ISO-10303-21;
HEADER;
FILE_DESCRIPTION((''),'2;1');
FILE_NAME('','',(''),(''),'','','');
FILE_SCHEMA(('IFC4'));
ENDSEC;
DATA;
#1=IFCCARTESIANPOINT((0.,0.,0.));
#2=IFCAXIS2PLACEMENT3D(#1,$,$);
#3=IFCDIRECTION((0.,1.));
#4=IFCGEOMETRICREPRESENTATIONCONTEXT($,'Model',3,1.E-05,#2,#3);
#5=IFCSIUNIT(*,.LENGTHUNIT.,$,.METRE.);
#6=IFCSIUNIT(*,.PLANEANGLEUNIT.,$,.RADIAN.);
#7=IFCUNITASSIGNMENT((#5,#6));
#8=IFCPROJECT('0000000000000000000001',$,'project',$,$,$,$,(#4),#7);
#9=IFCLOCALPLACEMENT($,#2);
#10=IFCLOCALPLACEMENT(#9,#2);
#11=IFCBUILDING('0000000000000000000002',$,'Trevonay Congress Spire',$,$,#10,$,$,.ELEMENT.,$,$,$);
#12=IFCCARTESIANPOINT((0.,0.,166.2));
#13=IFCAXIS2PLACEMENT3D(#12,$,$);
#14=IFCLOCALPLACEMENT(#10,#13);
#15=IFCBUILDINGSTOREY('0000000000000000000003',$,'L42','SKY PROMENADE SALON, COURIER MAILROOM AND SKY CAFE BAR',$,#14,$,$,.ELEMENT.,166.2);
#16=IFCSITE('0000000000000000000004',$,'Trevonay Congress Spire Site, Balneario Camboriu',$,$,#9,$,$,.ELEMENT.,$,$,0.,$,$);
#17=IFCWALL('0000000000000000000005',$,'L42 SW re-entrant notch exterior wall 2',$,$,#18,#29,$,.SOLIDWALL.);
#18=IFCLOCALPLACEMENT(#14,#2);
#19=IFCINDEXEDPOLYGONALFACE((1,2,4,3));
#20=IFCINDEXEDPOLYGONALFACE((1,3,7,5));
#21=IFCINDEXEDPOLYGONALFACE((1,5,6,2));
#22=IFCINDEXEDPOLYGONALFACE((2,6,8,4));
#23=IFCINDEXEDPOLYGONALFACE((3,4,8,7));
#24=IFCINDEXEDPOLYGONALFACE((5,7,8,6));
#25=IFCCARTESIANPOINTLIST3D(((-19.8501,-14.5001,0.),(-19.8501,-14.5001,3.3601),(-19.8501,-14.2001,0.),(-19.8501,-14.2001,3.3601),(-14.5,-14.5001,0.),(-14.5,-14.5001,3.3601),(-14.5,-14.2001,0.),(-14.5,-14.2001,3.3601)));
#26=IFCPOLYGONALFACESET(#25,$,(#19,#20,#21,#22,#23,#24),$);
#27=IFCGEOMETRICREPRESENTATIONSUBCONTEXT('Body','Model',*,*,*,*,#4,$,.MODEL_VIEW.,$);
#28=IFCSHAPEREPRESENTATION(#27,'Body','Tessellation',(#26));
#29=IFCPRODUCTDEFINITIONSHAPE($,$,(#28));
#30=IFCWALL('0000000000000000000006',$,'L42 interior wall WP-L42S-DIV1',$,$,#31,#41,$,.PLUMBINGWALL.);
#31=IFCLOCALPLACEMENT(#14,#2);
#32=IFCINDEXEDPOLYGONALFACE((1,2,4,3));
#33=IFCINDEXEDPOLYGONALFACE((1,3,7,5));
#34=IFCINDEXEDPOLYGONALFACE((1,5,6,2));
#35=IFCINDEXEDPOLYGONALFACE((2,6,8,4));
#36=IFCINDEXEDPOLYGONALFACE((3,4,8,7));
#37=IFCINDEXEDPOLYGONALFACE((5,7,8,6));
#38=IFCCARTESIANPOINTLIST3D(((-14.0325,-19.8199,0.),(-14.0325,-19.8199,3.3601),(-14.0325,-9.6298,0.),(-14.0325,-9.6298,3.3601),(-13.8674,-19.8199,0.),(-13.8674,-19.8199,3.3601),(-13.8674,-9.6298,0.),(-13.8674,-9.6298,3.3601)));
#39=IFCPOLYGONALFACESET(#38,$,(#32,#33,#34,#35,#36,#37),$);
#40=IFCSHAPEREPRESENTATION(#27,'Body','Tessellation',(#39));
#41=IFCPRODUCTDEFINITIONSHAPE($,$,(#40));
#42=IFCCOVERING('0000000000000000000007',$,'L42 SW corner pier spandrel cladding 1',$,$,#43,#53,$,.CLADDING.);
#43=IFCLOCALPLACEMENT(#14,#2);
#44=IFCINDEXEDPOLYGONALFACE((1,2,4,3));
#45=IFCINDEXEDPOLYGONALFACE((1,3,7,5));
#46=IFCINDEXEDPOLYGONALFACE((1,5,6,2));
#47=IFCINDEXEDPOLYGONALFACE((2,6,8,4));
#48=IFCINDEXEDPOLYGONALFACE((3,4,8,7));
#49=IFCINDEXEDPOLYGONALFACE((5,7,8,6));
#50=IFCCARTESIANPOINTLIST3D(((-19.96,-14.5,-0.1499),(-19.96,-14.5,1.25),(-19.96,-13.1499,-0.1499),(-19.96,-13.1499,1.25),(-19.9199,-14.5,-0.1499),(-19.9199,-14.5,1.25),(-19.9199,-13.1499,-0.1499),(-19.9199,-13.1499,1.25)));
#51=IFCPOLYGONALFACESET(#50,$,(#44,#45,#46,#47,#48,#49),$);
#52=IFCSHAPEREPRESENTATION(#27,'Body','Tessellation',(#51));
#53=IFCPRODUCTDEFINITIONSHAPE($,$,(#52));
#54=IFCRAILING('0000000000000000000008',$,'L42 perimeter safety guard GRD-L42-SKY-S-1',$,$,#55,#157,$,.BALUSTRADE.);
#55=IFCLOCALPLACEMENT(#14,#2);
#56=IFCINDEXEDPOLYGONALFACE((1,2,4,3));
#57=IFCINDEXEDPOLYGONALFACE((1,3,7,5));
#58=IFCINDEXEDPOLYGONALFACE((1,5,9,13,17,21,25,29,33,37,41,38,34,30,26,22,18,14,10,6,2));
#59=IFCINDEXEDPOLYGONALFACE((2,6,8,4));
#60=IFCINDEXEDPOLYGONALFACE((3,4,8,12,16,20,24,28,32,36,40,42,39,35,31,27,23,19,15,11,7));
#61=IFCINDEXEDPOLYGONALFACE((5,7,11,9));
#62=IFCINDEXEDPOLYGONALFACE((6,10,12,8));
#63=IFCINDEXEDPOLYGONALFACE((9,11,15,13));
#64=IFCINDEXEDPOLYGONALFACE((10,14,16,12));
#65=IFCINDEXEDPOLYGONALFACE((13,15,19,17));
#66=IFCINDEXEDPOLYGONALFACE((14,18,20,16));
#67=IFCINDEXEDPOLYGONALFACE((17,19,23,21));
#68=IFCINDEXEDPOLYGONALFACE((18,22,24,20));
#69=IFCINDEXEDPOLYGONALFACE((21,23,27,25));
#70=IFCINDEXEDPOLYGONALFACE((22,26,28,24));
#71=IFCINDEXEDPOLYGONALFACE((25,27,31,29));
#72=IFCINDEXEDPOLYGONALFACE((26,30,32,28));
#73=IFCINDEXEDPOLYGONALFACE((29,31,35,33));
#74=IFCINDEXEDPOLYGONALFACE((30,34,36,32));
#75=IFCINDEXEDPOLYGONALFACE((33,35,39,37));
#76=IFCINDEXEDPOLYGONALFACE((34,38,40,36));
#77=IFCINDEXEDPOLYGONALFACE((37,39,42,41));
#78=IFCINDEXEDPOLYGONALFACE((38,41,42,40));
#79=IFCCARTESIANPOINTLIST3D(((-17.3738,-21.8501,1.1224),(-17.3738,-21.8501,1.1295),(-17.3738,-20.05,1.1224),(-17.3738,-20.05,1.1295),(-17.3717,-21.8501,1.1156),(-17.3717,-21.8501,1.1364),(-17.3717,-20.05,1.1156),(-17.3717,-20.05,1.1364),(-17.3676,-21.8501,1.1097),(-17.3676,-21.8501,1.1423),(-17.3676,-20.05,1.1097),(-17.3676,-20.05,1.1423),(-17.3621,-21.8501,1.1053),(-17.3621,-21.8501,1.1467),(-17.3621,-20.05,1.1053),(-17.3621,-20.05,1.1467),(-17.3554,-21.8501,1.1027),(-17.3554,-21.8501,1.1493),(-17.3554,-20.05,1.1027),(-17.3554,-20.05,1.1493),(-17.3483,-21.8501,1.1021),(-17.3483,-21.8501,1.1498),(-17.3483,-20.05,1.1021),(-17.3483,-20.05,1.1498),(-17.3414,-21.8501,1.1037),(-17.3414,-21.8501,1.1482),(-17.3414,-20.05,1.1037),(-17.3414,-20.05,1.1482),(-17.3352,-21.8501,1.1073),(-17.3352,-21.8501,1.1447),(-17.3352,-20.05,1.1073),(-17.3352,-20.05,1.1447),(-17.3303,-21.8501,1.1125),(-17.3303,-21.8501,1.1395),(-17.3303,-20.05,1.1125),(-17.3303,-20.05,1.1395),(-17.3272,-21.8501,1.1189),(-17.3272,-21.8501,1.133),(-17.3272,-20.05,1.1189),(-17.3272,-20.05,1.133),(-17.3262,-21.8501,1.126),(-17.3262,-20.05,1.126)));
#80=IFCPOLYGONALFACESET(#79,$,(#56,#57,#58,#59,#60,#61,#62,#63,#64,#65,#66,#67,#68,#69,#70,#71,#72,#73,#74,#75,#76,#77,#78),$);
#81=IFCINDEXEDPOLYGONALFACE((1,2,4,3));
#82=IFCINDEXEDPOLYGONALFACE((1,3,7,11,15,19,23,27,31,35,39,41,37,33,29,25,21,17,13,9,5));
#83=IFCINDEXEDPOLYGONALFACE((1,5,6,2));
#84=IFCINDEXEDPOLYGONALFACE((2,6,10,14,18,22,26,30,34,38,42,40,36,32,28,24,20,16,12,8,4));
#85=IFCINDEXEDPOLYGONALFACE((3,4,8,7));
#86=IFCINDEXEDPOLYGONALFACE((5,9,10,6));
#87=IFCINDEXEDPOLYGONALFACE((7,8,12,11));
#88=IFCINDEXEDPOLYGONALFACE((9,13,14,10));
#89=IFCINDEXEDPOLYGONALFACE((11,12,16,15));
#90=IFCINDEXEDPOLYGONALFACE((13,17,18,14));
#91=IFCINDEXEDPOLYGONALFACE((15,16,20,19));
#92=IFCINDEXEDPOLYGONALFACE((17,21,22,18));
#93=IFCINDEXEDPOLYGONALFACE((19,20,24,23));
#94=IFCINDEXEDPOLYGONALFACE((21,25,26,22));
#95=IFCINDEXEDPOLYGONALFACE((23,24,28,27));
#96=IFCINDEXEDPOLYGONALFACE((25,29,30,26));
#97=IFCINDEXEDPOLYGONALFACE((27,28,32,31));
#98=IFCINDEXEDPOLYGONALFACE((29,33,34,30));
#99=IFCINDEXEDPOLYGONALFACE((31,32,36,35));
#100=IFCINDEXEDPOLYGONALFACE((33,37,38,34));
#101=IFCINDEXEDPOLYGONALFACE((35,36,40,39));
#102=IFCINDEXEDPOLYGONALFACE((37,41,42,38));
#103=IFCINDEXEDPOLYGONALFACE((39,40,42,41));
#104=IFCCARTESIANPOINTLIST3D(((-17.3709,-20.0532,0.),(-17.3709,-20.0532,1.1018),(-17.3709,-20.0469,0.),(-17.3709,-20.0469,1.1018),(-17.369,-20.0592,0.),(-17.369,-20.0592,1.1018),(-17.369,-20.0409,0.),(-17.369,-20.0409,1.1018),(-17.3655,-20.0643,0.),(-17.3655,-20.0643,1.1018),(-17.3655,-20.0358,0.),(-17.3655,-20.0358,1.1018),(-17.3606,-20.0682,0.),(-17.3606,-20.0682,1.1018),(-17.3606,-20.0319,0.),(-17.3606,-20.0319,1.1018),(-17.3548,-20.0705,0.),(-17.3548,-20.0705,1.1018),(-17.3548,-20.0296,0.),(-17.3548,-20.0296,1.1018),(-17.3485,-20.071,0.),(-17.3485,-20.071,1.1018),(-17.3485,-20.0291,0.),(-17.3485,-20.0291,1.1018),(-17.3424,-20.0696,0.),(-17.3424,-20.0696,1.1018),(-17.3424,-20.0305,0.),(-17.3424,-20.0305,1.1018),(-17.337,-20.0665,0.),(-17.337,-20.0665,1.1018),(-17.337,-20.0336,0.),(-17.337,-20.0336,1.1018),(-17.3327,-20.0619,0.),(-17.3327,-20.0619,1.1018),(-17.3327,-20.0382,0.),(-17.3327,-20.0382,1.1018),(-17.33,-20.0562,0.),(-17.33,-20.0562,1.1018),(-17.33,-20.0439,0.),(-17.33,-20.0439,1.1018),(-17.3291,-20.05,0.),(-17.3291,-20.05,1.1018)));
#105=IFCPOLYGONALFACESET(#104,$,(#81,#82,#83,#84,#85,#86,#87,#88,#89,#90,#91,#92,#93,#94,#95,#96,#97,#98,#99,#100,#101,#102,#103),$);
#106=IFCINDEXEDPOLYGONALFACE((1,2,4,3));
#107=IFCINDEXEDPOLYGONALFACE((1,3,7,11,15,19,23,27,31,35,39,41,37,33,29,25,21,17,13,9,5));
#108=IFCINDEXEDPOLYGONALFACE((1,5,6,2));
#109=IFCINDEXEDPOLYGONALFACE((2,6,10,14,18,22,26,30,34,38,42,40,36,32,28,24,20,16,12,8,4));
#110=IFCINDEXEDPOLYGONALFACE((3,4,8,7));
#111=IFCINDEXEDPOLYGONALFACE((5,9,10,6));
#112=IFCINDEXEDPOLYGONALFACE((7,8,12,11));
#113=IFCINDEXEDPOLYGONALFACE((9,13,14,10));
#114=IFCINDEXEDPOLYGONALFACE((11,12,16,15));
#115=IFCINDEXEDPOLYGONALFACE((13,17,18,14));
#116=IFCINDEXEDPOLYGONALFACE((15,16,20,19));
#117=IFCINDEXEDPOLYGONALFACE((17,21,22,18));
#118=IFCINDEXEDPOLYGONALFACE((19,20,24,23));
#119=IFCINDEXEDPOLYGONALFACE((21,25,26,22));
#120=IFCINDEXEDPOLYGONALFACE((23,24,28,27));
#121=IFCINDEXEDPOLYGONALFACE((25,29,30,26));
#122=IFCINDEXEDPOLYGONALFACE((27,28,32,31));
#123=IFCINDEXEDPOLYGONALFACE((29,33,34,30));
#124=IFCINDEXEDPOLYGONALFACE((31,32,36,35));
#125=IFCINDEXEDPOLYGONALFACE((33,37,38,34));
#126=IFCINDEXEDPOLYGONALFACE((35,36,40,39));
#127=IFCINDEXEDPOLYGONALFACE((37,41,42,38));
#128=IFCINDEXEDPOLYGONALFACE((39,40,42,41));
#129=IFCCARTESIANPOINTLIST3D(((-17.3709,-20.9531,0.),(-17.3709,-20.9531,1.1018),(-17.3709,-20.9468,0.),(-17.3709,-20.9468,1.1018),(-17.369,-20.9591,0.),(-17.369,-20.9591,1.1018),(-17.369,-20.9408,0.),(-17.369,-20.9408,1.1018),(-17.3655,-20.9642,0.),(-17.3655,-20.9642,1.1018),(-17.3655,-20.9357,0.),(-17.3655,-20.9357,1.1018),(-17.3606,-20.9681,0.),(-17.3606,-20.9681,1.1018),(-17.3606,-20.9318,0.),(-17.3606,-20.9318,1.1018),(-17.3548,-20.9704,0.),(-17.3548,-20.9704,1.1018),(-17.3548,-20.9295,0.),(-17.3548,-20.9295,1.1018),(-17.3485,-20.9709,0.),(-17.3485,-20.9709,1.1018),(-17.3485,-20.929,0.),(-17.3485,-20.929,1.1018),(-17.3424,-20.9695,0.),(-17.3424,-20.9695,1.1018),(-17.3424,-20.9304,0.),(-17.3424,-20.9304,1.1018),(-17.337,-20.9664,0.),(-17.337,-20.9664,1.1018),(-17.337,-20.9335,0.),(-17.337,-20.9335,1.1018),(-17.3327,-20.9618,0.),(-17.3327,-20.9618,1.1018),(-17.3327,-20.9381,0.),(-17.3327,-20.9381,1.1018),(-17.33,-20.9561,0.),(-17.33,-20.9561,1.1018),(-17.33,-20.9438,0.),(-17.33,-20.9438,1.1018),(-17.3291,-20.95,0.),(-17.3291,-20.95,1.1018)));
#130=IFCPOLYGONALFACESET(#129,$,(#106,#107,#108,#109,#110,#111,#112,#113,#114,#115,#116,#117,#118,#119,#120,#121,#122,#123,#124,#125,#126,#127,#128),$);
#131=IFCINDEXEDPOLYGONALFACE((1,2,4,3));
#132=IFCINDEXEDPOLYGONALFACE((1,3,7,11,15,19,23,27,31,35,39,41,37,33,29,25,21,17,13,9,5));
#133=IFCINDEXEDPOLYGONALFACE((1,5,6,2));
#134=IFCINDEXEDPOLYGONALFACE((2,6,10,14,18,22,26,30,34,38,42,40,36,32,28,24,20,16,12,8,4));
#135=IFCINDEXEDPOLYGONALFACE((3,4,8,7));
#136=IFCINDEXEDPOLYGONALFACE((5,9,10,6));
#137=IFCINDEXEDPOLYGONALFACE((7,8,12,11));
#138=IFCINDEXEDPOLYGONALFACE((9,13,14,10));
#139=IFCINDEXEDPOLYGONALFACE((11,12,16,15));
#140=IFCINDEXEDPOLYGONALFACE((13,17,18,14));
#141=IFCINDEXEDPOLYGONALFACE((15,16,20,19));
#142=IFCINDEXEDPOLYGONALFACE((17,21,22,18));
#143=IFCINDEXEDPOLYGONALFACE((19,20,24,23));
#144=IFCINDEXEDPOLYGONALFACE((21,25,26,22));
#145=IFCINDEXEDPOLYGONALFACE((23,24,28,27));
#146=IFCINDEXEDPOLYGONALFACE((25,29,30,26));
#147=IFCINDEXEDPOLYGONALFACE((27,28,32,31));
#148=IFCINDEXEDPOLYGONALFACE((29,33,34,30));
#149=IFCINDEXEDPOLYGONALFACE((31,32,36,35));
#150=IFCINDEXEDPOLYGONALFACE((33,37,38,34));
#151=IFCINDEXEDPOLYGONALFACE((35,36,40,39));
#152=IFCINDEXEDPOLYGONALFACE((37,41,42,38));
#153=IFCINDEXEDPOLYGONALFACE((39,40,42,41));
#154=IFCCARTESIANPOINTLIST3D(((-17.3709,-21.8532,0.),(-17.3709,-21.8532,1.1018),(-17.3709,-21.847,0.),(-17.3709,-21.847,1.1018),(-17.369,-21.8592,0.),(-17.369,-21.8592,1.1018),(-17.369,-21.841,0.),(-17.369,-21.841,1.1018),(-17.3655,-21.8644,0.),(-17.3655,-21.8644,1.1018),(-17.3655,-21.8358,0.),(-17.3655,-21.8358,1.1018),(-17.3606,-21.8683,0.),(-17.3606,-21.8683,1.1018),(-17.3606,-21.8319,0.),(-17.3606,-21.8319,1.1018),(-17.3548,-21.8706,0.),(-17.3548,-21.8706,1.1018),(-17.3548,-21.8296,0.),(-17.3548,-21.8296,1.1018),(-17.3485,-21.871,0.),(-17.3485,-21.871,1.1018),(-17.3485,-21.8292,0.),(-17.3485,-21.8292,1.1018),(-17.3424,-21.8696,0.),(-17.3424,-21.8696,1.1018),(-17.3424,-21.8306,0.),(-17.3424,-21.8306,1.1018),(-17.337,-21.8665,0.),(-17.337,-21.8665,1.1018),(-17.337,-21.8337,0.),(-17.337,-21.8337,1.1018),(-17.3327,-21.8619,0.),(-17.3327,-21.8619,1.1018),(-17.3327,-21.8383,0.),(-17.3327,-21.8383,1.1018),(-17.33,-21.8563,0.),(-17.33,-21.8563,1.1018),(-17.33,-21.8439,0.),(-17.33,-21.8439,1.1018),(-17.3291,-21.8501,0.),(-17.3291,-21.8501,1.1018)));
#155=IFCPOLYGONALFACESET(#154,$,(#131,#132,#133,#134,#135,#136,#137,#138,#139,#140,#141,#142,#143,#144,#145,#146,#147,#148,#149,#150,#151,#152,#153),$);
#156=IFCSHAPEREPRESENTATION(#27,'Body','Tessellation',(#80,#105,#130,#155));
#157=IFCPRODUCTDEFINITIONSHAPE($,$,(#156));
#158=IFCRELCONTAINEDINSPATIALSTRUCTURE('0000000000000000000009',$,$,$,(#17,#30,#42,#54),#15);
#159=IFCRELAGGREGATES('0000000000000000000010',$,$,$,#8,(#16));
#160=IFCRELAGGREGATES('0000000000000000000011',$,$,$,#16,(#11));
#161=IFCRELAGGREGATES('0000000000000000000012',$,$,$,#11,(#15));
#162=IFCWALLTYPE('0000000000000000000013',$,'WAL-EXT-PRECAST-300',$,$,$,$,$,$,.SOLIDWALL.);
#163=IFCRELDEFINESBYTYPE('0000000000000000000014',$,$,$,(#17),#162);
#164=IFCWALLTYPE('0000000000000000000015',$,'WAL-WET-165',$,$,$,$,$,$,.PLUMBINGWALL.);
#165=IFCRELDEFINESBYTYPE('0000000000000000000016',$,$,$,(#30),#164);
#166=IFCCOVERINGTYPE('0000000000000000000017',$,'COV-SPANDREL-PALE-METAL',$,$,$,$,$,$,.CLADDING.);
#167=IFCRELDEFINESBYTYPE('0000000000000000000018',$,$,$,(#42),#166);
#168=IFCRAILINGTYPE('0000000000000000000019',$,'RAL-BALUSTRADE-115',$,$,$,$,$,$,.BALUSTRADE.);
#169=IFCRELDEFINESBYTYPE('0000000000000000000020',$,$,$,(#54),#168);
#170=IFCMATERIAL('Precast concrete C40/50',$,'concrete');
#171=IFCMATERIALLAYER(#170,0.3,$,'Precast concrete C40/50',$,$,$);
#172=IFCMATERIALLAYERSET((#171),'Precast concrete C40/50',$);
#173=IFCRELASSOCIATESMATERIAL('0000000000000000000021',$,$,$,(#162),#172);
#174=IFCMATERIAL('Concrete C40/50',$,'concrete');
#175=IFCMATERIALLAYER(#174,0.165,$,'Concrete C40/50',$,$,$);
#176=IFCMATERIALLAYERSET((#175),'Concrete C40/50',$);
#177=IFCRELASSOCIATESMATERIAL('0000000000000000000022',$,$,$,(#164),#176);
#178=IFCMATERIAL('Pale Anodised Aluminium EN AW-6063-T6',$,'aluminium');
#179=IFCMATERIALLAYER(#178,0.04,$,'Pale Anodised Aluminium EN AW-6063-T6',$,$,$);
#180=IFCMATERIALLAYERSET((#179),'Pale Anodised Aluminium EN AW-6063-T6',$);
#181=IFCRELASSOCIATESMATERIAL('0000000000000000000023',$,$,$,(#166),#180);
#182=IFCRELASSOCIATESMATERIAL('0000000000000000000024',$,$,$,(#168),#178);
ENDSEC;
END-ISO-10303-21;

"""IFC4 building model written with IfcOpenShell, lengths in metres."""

from ifc_helpers import new_model, si_unit, direction, frame, frame_2d, origin, origin_2d, place, context, subcontext, project, spatial, rectangle, circle, extrude, material, layer, layer_set, type_object, element, save


model = new_model("IFC4")

# Units and contexts
model_context = context("Model", 3, precision=1e-05, world=origin(), true_north=direction((0.0, 1.0)))
body_context = subcontext(model_context, "Body", "Model", "MODEL_VIEW")
ifc_project = project(units=[si_unit("LENGTHUNIT", "METRE"), si_unit("PLANEANGLEUNIT", "RADIAN")], contexts=[model_context])

# Site, building, storey
site_placement = place(None, origin())
site = spatial("IfcSite", under=ifc_project, at=site_placement, Name="Trevonay Congress Spire Site, Balneario Camboriu", CompositionType="ELEMENT", RefElevation=0.0)
building_placement = place(site_placement, origin())
building = spatial("IfcBuilding", under=site, at=building_placement, Name="Trevonay Congress Spire", CompositionType="ELEMENT")
storey_placement = place(building_placement, frame((0.0, 0.0, 166.2)))
storey = spatial("IfcBuildingStorey", under=building, at=storey_placement, Name="L42", Description="SKY PROMENADE SALON, COURIER MAILROOM AND SKY CAFE BAR", CompositionType="ELEMENT", Elevation=166.2)

# Shared definitions
ifc_material_1 = material(Name="Pale Anodised Aluminium EN AW-6063-T6", Category="aluminium")

# Shared definitions
ifc_material_2 = material(Name="Concrete C40/50", Category="concrete")

# Shared definitions
ifc_material_3 = material(Name="Precast concrete C40/50", Category="concrete")
ifc_layer_1 = layer(ifc_material_3, 0.3, Name="Precast concrete C40/50")
ifc_layer_set_1 = layer_set([ifc_layer_1], Name="Precast concrete C40/50")
wall_type_1 = type_object("IfcWallType", Name="WAL-EXT-PRECAST-300", PredefinedType="SOLIDWALL", material=ifc_layer_set_1)

# Walls
wall_1_placement = place(storey_placement, frame((-19.8501, -14.3501, 0.0), z_axis=(0.0, 0.0, 1.0), x_axis=(1.0, 0.0, 0.0)))
element("IfcWall", 1, at=wall_1_placement, inside=storey, type_object=wall_type_1, Name="L42 SW re-entrant notch exterior wall 2", PredefinedType="SOLIDWALL", context=body_context, shape_type="SweptSolid", body=[
    extrude(rectangle(XDim=5.3501, YDim=0.3, at=frame_2d((2.675, 0.0))), origin(), (0.0, 0.0, 1.0), 3.3601),
])
ifc_layer_2 = layer(ifc_material_2, 0.165, Name="Concrete C40/50")
ifc_layer_set_2 = layer_set([ifc_layer_2], Name="Concrete C40/50")
wall_type_2 = type_object("IfcWallType", Name="WAL-WET-165", PredefinedType="PLUMBINGWALL", material=ifc_layer_set_2)
wall_2_placement = place(storey_placement, frame((-13.95, -19.8201, 0.0), z_axis=(0.0, 0.0, 1.0), x_axis=(0.0, 1.0, 0.0)))
element("IfcWall", 2, at=wall_2_placement, inside=storey, type_object=wall_type_2, Name="L42 interior wall WP-L42S-DIV1", PredefinedType="PLUMBINGWALL", context=body_context, shape_type="SweptSolid", body=[
    extrude(rectangle(XDim=10.1902, YDim=0.165, at=frame_2d((5.0952, 0.0))), origin(), (0.0, 0.0, 1.0), 3.3601),
])

# Covering
ifc_layer_3 = layer(ifc_material_1, 0.04, Name="Pale Anodised Aluminium EN AW-6063-T6")
ifc_layer_set_3 = layer_set([ifc_layer_3], Name="Pale Anodised Aluminium EN AW-6063-T6")
covering_type = type_object("IfcCoveringType", Name="COV-SPANDREL-PALE-METAL", PredefinedType="CLADDING", material=ifc_layer_set_3)
covering_placement = place(storey_placement, frame((-19.9399, -13.1499, -0.1499), z_axis=(0.0, 0.0, 1.0), x_axis=(0.0, -1.0, 0.0)))
element("IfcCovering", 3, at=covering_placement, inside=storey, type_object=covering_type, Name="L42 SW corner pier spandrel cladding 1", PredefinedType="CLADDING", context=body_context, shape_type="SweptSolid", body=[
    extrude(rectangle(XDim=1.3501, YDim=0.04, at=frame_2d((0.675, 0.0))), origin(), (0.0, 0.0, 1.0), 1.3999),
])

# Railing
railing_type = type_object("IfcRailingType", Name="RAL-BALUSTRADE-115", PredefinedType="BALUSTRADE", material=ifc_material_1)
railing_1_placement = place(storey_placement, frame((-17.3501, -20.05, 0.0)))
element("IfcRailing", 4, at=railing_1_placement, inside=storey, type_object=railing_type, Name="L42 perimeter safety guard GRD-L42-SKY-S-1", PredefinedType="BALUSTRADE", context=body_context, shape_type="SweptSolid", body=[
    extrude(circle(Radius=0.0239, at=origin_2d()), frame((0.0, 0.0, 1.126), z_axis=(0.0, -1.0, 0.0), x_axis=(1.0, 0.0, 0.0)), (0.0, 0.0, 1.0), 1.8),
    extrude(circle(Radius=0.021, at=origin_2d()), origin(), (0.0, 0.0, 1.0), 1.1018),
    extrude(circle(Radius=0.021, at=origin_2d()), frame((0.0, -0.8999, 0.0)), (0.0, 0.0, 1.0), 1.1018),
    extrude(circle(Radius=0.021, at=origin_2d()), frame((0.0, -1.8, 0.0)), (0.0, 0.0, 1.0), 1.1018),
])

save(model, "model.ifc")
